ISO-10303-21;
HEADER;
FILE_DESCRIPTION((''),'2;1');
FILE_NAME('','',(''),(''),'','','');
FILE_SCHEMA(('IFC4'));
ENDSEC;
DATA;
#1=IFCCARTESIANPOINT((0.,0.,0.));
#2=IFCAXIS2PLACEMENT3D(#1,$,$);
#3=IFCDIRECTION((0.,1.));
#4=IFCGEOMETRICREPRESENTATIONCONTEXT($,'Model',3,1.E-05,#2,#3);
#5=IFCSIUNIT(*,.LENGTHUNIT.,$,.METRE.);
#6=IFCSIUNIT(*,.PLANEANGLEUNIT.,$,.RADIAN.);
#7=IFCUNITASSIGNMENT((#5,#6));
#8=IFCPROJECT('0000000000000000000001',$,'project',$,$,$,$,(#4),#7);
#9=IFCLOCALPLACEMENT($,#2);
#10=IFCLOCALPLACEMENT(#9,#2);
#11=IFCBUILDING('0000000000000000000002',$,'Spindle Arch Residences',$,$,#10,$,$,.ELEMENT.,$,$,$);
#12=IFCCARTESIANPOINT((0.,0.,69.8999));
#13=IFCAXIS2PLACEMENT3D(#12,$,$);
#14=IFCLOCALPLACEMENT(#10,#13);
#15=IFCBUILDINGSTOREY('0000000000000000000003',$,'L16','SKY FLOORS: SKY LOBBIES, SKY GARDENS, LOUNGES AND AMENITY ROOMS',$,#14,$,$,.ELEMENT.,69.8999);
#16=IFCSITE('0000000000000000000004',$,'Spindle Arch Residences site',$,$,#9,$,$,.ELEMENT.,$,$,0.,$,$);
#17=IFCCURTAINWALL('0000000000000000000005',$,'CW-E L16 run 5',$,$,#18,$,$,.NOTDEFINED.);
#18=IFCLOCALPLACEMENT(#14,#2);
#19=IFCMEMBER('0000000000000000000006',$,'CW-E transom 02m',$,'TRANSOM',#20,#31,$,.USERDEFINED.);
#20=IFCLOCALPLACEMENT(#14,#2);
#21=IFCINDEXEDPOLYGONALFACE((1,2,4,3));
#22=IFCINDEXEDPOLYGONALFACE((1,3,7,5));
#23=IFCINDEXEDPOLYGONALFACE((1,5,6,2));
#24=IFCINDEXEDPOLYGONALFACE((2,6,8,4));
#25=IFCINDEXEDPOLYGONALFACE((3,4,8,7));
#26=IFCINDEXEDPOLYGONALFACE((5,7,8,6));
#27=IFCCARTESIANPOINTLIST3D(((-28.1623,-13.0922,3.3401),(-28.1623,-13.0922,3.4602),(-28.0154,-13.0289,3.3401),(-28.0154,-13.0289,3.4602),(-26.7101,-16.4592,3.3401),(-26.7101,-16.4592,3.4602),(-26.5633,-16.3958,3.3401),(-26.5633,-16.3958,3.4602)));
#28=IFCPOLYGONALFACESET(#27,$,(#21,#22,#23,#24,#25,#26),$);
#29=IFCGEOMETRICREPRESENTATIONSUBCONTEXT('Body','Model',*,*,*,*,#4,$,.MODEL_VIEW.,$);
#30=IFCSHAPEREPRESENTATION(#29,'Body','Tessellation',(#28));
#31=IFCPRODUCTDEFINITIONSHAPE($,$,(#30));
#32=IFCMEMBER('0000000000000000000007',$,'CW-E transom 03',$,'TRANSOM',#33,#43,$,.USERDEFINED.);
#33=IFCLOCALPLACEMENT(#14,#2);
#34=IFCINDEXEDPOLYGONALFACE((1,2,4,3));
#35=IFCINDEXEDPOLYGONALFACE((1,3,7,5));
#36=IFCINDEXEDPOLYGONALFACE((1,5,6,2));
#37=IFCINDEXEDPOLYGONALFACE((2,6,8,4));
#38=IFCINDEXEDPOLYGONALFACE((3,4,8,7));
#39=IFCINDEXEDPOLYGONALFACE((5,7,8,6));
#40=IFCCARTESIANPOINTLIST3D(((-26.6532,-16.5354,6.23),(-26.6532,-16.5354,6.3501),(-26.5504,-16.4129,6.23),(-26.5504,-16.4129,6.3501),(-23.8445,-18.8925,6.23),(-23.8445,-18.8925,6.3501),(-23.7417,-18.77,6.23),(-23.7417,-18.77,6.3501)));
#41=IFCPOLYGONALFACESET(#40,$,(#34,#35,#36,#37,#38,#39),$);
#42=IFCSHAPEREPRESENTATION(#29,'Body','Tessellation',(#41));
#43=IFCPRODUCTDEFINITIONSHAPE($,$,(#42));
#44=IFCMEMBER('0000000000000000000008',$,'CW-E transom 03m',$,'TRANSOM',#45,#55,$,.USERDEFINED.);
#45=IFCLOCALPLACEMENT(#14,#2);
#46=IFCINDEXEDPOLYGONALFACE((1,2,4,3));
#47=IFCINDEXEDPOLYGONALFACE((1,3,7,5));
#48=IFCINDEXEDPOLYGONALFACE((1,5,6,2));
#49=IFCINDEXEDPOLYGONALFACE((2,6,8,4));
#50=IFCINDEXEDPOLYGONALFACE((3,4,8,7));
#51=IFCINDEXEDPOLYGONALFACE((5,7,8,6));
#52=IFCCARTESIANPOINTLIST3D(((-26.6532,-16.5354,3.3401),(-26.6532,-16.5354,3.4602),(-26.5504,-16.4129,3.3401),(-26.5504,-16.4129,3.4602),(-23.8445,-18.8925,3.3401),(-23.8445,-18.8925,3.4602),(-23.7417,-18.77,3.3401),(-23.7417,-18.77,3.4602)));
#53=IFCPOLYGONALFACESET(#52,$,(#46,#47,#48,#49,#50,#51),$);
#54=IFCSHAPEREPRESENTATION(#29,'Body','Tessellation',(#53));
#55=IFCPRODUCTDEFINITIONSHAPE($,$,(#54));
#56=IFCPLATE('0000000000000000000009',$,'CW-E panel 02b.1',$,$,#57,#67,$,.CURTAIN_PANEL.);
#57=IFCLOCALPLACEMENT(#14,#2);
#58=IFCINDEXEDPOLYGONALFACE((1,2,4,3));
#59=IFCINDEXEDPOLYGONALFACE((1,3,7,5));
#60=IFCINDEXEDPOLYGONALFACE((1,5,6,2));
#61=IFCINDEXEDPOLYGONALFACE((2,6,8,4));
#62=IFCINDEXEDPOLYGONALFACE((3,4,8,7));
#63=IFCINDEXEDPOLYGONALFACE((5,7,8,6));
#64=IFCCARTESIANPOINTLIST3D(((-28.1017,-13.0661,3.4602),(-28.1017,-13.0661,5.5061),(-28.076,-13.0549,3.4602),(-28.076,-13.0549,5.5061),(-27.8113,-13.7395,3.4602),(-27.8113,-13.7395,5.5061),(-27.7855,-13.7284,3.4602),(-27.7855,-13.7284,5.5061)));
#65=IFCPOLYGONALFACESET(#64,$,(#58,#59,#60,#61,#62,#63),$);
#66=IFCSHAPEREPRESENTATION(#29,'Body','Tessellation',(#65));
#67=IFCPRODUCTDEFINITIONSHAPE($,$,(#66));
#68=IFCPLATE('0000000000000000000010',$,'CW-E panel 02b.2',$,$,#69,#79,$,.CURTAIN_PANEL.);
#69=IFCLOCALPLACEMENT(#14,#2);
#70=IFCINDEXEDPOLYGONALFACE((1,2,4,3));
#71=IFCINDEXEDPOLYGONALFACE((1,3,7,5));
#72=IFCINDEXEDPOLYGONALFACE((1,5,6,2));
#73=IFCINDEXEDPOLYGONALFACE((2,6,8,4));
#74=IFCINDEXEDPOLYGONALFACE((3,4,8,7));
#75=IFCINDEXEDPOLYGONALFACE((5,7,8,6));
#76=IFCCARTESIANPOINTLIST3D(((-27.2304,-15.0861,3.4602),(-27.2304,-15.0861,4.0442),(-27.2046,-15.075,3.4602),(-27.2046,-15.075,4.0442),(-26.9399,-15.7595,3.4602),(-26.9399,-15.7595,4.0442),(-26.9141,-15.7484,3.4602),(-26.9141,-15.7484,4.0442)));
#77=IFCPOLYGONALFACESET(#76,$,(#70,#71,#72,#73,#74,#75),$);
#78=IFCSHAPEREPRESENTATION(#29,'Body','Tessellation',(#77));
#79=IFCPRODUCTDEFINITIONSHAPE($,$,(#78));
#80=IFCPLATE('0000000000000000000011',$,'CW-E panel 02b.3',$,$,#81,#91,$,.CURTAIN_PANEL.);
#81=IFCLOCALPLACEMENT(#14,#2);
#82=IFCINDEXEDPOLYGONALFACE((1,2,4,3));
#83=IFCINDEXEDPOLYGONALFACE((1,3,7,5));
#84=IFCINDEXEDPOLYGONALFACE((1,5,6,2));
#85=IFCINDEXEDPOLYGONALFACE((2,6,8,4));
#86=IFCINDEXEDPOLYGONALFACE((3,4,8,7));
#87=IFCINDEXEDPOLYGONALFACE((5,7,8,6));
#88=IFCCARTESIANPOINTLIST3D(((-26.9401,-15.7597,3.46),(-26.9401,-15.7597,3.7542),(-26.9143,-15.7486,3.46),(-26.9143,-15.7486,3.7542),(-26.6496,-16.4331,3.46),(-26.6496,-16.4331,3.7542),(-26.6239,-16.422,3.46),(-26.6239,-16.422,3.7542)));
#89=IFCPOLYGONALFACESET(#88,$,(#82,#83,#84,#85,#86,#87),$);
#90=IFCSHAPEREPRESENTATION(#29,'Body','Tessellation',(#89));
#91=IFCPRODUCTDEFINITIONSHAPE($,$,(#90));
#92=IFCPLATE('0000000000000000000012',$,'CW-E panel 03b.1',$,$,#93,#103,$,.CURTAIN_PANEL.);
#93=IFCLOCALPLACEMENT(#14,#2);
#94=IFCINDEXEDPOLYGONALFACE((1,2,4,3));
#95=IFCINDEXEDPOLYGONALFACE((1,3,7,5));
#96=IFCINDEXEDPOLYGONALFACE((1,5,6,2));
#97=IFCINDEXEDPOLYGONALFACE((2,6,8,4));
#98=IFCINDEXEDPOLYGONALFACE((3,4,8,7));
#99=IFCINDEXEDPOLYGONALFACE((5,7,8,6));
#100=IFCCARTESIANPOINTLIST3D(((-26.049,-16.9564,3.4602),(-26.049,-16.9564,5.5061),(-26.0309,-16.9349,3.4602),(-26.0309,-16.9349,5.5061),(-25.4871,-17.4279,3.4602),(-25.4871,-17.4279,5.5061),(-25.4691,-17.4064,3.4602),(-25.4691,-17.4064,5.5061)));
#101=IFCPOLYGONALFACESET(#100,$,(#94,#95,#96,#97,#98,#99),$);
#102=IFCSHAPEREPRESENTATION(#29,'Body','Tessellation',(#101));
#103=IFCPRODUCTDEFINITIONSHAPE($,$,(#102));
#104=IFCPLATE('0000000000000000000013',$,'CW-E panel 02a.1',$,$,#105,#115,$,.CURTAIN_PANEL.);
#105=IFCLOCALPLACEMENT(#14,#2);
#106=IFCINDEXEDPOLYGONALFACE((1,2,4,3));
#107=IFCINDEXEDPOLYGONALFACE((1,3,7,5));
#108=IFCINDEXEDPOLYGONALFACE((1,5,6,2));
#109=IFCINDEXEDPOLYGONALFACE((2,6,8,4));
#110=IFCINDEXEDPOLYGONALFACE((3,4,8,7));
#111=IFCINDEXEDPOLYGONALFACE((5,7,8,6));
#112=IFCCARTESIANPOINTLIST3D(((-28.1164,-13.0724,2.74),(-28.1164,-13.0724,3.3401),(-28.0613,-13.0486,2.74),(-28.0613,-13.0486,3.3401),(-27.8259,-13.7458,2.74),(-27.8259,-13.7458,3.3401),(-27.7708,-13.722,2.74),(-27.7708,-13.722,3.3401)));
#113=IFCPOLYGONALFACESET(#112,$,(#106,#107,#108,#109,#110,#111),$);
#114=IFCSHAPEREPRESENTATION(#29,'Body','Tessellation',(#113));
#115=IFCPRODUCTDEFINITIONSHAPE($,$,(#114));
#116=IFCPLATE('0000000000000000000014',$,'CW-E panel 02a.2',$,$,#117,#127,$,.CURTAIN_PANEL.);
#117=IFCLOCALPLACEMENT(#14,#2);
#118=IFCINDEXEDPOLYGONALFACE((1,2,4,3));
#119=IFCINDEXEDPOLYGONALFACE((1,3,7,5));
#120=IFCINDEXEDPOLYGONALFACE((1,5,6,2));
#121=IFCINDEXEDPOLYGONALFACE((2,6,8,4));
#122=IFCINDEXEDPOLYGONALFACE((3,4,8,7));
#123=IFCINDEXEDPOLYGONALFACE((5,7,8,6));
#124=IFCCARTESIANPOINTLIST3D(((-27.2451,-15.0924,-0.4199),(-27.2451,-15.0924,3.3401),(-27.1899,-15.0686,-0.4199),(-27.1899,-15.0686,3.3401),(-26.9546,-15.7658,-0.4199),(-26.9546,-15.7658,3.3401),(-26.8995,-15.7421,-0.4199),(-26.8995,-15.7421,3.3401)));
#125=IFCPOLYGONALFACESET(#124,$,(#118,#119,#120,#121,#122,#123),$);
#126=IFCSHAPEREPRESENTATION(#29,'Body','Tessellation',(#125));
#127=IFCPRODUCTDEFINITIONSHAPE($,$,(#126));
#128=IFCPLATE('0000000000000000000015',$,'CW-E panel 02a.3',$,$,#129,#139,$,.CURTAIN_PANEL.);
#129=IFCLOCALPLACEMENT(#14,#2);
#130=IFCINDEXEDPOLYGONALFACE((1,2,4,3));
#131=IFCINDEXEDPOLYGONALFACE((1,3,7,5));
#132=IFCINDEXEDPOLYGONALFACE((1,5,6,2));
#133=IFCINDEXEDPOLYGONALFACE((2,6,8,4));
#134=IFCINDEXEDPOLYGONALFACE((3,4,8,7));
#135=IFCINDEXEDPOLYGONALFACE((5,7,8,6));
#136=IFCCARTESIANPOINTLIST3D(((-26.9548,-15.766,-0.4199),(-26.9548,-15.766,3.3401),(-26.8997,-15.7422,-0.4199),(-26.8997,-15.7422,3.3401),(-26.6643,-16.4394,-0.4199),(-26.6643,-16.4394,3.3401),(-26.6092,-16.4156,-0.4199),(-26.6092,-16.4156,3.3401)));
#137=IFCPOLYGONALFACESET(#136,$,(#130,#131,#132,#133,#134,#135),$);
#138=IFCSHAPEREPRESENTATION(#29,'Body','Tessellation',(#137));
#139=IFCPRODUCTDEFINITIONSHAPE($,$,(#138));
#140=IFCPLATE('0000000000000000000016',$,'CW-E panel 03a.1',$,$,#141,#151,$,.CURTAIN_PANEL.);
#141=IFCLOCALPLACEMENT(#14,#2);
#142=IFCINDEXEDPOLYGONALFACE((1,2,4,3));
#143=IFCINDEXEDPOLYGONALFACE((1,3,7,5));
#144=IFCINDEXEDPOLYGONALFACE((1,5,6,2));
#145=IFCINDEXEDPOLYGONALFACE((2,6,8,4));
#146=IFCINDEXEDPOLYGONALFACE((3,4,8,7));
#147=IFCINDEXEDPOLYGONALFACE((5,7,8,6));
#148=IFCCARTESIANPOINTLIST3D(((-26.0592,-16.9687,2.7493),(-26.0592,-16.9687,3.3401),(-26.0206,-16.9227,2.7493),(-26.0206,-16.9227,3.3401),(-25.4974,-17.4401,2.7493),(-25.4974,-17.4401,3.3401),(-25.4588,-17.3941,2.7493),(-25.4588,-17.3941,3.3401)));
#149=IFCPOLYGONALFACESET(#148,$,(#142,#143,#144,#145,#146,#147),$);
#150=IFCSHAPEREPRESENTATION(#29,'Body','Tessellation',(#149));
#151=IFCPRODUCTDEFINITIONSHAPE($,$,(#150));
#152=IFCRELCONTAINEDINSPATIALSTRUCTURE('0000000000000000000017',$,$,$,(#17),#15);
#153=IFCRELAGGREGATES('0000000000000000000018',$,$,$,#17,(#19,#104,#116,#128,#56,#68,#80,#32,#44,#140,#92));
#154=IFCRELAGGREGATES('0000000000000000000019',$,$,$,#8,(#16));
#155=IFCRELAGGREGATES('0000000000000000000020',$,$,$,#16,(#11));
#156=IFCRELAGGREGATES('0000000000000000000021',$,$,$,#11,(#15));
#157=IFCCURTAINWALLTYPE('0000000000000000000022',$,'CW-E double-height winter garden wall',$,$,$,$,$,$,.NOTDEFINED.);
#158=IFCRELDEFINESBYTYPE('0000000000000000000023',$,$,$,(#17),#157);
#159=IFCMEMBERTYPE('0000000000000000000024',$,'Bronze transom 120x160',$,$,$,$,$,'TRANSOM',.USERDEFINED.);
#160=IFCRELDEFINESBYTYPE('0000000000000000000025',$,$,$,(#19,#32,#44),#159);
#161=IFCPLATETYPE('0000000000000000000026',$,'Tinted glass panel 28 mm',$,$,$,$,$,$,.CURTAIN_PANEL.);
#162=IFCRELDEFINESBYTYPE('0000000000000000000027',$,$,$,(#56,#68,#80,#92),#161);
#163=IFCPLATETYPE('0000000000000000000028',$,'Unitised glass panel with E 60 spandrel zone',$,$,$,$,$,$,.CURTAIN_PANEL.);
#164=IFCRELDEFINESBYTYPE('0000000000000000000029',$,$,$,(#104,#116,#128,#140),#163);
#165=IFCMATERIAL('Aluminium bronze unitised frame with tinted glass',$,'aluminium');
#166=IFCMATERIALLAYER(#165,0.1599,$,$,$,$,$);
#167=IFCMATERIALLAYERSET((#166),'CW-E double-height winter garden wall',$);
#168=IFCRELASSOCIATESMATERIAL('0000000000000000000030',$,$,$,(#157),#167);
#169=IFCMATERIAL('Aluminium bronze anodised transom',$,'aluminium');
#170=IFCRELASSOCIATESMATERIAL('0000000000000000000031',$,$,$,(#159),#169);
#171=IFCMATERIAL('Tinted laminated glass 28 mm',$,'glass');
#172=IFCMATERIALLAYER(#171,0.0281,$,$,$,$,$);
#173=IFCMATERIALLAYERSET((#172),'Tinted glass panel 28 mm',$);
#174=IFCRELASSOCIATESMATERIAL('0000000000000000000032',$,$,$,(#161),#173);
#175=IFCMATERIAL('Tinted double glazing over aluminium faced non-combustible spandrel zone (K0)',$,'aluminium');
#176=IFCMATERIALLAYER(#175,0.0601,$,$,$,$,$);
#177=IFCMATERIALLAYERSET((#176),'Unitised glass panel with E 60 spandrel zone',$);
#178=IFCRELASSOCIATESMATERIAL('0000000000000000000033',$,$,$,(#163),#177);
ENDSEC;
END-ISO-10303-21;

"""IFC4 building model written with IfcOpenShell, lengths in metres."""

from ifc_helpers import new_model, si_unit, direction, frame, origin, origin_2d, place, context, subcontext, project, spatial, rectangle, extrude, material, layer, layer_set, material_profile, profile_set, type_object, element, aggregate, save


model = new_model("IFC4")

# Units and contexts
model_context = context("Model", 3, precision=1e-05, world=origin(), true_north=direction((0.0, 1.0)))
body_context = subcontext(model_context, "Body", "Model", "MODEL_VIEW")
ifc_project = project(units=[si_unit("LENGTHUNIT", "METRE"), si_unit("PLANEANGLEUNIT", "RADIAN")], contexts=[model_context])

# Site, building, storey
site_placement = place(None, origin())
site = spatial("IfcSite", under=ifc_project, at=site_placement, Name="Spindle Arch Residences site", CompositionType="ELEMENT", RefElevation=0.0)
building_placement = place(site_placement, origin())
building = spatial("IfcBuilding", under=site, at=building_placement, Name="Spindle Arch Residences", CompositionType="ELEMENT")
storey_placement = place(building_placement, frame((0.0, 0.0, 69.8999)))
storey = spatial("IfcBuildingStorey", under=building, at=storey_placement, Name="L16", Description="SKY FLOORS: SKY LOBBIES, SKY GARDENS, LOUNGES AND AMENITY ROOMS", CompositionType="ELEMENT", Elevation=69.8999)

# Curtain wall, members, plates
ifc_material_1 = material(Name="Aluminium bronze unitised frame with tinted glass", Category="aluminium")
ifc_layer_1 = layer(ifc_material_1, 0.1599)
ifc_layer_set_1 = layer_set([ifc_layer_1], Name="CW-E double-height winter garden wall")
curtain_wall_type = type_object("IfcCurtainWallType", Name="CW-E double-height winter garden wall", PredefinedType="NOTDEFINED", material=ifc_layer_set_1)
curtain_wall_placement = place(storey_placement, origin())
curtain_wall = element("IfcCurtainWall", 1, at=curtain_wall_placement, inside=storey, type_object=curtain_wall_type, Name="CW-E L16 run 5", PredefinedType="NOTDEFINED")
ifc_material_2 = material(Name="Aluminium bronze anodised transom", Category="aluminium")
ifc_material_profile_1 = material_profile(ifc_material_2, rectangle(XDim=0.1599, YDim=0.1201, at=origin_2d()), Name="TR 120x160")
ifc_profile_set_1 = profile_set([ifc_material_profile_1], Name="Aluminium bronze anodised transom")
member_type_1 = type_object("IfcMemberType", Name="Bronze transom 120x160", ElementType="TRANSOM", PredefinedType="USERDEFINED", material=ifc_profile_set_1)
member_1_placement = place(storey_placement, frame((-28.0889, -13.0605, 3.4001), z_axis=(0.396032, -0.918237, 0.0), x_axis=(0.918237, 0.396032, 0.0)))
member_1 = element("IfcMember", 2, at=member_1_placement, type_object=member_type_1, Name="CW-E transom 02m", ObjectType="TRANSOM", PredefinedType="USERDEFINED", context=body_context, shape_type="SweptSolid", body=[
    extrude(rectangle(XDim=0.1599, YDim=0.1201, at=origin_2d()), origin(), (0.0, 0.0, 1.0), 3.6667),
])
member_2_placement = place(storey_placement, frame((-26.6018, -16.4741, 6.29), z_axis=(0.766006, -0.642833, 0.0), x_axis=(0.642833, 0.766006, 0.0)))
member_2 = element("IfcMember", 3, at=member_2_placement, type_object=member_type_1, Name="CW-E transom 03", ObjectType="TRANSOM", PredefinedType="USERDEFINED", context=body_context, shape_type="SweptSolid", body=[
    extrude(rectangle(XDim=0.1599, YDim=0.1201, at=origin_2d()), origin(), (0.0, 0.0, 1.0), 3.6667),
])
member_3_placement = place(storey_placement, frame((-26.6018, -16.4741, 3.4001), z_axis=(0.766006, -0.642833, 0.0), x_axis=(0.642833, 0.766006, 0.0)))
member_3 = element("IfcMember", 4, at=member_3_placement, type_object=member_type_1, Name="CW-E transom 03m", ObjectType="TRANSOM", PredefinedType="USERDEFINED", context=body_context, shape_type="SweptSolid", body=[
    extrude(rectangle(XDim=0.1599, YDim=0.1201, at=origin_2d()), origin(), (0.0, 0.0, 1.0), 3.6667),
])
ifc_material_3 = material(Name="Tinted laminated glass 28 mm", Category="glass")
ifc_layer_2 = layer(ifc_material_3, 0.0281)
ifc_layer_set_2 = layer_set([ifc_layer_2], Name="Tinted glass panel 28 mm")
plate_type_1 = type_object("IfcPlateType", Name="Tinted glass panel 28 mm", PredefinedType="CURTAIN_PANEL", material=ifc_layer_set_2)
plate_1_placement = place(storey_placement, frame((-27.9436, -13.3972, 3.4602), z_axis=(0.0, 0.0, 1.0), x_axis=(0.39608, -0.918216, 0.0)))
plate_1 = element("IfcPlate", 5, at=plate_1_placement, type_object=plate_type_1, Name="CW-E panel 02b.1", PredefinedType="CURTAIN_PANEL", context=body_context, shape_type="SweptSolid", body=[
    extrude(rectangle(XDim=0.7334, YDim=0.0281, at=origin_2d()), origin(), (0.0, 0.0, 1.0), 2.0459),
])
plate_2_placement = place(storey_placement, frame((-27.0723, -15.4172, 3.4602), z_axis=(0.0, 0.0, 1.0), x_axis=(0.39608, -0.918216, 0.0)))
plate_2 = element("IfcPlate", 6, at=plate_2_placement, type_object=plate_type_1, Name="CW-E panel 02b.2", PredefinedType="CURTAIN_PANEL", context=body_context, shape_type="SweptSolid", body=[
    extrude(rectangle(XDim=0.7334, YDim=0.0281, at=origin_2d()), origin(), (0.0, 0.0, 1.0), 0.584),
])
plate_3_placement = place(storey_placement, frame((-26.782, -16.0908, 3.46), z_axis=(0.0, 0.0, 1.0), x_axis=(0.39608, -0.918216, 0.0)))
plate_3 = element("IfcPlate", 7, at=plate_3_placement, type_object=plate_type_1, Name="CW-E panel 02b.3", PredefinedType="CURTAIN_PANEL", context=body_context, shape_type="SweptSolid", body=[
    extrude(rectangle(XDim=0.7334, YDim=0.0281, at=origin_2d()), origin(), (0.0, 0.0, 1.0), 0.2942),
])
plate_4_placement = place(storey_placement, frame((-25.759, -17.1814, 3.4602), z_axis=(0.0, 0.0, 1.0), x_axis=(0.766044, -0.642788, 0.0)))
plate_4 = element("IfcPlate", 8, at=plate_4_placement, type_object=plate_type_1, Name="CW-E panel 03b.1", PredefinedType="CURTAIN_PANEL", context=body_context, shape_type="SweptSolid", body=[
    extrude(rectangle(XDim=0.7334, YDim=0.0281, at=origin_2d()), origin(), (0.0, 0.0, 1.0), 2.0459),
])
ifc_material_4 = material(Name="Tinted double glazing over aluminium faced non-combustible spandrel zone (K0)", Category="aluminium")
ifc_layer_3 = layer(ifc_material_4, 0.0601)
ifc_layer_set_3 = layer_set([ifc_layer_3], Name="Unitised glass panel with E 60 spandrel zone")
plate_type_2 = type_object("IfcPlateType", Name="Unitised glass panel with E 60 spandrel zone", PredefinedType="CURTAIN_PANEL", material=ifc_layer_set_3)
plate_5_placement = place(storey_placement, frame((-27.9436, -13.3972, 2.74), z_axis=(0.0, 0.0, 1.0), x_axis=(0.39608, -0.918216, 0.0)))
plate_5 = element("IfcPlate", 9, at=plate_5_placement, type_object=plate_type_2, Name="CW-E panel 02a.1", PredefinedType="CURTAIN_PANEL", context=body_context, shape_type="SweptSolid", body=[
    extrude(rectangle(XDim=0.7334, YDim=0.0601, at=origin_2d()), origin(), (0.0, 0.0, 1.0), 0.6001),
])
plate_6_placement = place(storey_placement, frame((-27.0723, -15.4172, -0.4199), z_axis=(0.0, 0.0, 1.0), x_axis=(0.39608, -0.918216, 0.0)))
plate_6 = element("IfcPlate", 10, at=plate_6_placement, type_object=plate_type_2, Name="CW-E panel 02a.2", PredefinedType="CURTAIN_PANEL", context=body_context, shape_type="SweptSolid", body=[
    extrude(rectangle(XDim=0.7334, YDim=0.0601, at=origin_2d()), origin(), (0.0, 0.0, 1.0), 3.76),
])
plate_7_placement = place(storey_placement, frame((-26.782, -16.0908, -0.4199), z_axis=(0.0, 0.0, 1.0), x_axis=(0.39608, -0.918216, 0.0)))
plate_7 = element("IfcPlate", 11, at=plate_7_placement, type_object=plate_type_2, Name="CW-E panel 02a.3", PredefinedType="CURTAIN_PANEL", context=body_context, shape_type="SweptSolid", body=[
    extrude(rectangle(XDim=0.7334, YDim=0.0601, at=origin_2d()), origin(), (0.0, 0.0, 1.0), 3.76),
])
plate_8_placement = place(storey_placement, frame((-25.759, -17.1814, 2.7493), z_axis=(0.0, 0.0, 1.0), x_axis=(0.766044, -0.642788, 0.0)))
plate_8 = element("IfcPlate", 12, at=plate_8_placement, type_object=plate_type_2, Name="CW-E panel 03a.1", PredefinedType="CURTAIN_PANEL", context=body_context, shape_type="SweptSolid", body=[
    extrude(rectangle(XDim=0.7334, YDim=0.0601, at=origin_2d()), origin(), (0.0, 0.0, 1.0), 0.5908),
])
aggregate(curtain_wall, [member_1, plate_5, plate_6, plate_7, plate_1, plate_2, plate_3, member_2, member_3, plate_8, plate_4])

save(model, "model.ifc")
